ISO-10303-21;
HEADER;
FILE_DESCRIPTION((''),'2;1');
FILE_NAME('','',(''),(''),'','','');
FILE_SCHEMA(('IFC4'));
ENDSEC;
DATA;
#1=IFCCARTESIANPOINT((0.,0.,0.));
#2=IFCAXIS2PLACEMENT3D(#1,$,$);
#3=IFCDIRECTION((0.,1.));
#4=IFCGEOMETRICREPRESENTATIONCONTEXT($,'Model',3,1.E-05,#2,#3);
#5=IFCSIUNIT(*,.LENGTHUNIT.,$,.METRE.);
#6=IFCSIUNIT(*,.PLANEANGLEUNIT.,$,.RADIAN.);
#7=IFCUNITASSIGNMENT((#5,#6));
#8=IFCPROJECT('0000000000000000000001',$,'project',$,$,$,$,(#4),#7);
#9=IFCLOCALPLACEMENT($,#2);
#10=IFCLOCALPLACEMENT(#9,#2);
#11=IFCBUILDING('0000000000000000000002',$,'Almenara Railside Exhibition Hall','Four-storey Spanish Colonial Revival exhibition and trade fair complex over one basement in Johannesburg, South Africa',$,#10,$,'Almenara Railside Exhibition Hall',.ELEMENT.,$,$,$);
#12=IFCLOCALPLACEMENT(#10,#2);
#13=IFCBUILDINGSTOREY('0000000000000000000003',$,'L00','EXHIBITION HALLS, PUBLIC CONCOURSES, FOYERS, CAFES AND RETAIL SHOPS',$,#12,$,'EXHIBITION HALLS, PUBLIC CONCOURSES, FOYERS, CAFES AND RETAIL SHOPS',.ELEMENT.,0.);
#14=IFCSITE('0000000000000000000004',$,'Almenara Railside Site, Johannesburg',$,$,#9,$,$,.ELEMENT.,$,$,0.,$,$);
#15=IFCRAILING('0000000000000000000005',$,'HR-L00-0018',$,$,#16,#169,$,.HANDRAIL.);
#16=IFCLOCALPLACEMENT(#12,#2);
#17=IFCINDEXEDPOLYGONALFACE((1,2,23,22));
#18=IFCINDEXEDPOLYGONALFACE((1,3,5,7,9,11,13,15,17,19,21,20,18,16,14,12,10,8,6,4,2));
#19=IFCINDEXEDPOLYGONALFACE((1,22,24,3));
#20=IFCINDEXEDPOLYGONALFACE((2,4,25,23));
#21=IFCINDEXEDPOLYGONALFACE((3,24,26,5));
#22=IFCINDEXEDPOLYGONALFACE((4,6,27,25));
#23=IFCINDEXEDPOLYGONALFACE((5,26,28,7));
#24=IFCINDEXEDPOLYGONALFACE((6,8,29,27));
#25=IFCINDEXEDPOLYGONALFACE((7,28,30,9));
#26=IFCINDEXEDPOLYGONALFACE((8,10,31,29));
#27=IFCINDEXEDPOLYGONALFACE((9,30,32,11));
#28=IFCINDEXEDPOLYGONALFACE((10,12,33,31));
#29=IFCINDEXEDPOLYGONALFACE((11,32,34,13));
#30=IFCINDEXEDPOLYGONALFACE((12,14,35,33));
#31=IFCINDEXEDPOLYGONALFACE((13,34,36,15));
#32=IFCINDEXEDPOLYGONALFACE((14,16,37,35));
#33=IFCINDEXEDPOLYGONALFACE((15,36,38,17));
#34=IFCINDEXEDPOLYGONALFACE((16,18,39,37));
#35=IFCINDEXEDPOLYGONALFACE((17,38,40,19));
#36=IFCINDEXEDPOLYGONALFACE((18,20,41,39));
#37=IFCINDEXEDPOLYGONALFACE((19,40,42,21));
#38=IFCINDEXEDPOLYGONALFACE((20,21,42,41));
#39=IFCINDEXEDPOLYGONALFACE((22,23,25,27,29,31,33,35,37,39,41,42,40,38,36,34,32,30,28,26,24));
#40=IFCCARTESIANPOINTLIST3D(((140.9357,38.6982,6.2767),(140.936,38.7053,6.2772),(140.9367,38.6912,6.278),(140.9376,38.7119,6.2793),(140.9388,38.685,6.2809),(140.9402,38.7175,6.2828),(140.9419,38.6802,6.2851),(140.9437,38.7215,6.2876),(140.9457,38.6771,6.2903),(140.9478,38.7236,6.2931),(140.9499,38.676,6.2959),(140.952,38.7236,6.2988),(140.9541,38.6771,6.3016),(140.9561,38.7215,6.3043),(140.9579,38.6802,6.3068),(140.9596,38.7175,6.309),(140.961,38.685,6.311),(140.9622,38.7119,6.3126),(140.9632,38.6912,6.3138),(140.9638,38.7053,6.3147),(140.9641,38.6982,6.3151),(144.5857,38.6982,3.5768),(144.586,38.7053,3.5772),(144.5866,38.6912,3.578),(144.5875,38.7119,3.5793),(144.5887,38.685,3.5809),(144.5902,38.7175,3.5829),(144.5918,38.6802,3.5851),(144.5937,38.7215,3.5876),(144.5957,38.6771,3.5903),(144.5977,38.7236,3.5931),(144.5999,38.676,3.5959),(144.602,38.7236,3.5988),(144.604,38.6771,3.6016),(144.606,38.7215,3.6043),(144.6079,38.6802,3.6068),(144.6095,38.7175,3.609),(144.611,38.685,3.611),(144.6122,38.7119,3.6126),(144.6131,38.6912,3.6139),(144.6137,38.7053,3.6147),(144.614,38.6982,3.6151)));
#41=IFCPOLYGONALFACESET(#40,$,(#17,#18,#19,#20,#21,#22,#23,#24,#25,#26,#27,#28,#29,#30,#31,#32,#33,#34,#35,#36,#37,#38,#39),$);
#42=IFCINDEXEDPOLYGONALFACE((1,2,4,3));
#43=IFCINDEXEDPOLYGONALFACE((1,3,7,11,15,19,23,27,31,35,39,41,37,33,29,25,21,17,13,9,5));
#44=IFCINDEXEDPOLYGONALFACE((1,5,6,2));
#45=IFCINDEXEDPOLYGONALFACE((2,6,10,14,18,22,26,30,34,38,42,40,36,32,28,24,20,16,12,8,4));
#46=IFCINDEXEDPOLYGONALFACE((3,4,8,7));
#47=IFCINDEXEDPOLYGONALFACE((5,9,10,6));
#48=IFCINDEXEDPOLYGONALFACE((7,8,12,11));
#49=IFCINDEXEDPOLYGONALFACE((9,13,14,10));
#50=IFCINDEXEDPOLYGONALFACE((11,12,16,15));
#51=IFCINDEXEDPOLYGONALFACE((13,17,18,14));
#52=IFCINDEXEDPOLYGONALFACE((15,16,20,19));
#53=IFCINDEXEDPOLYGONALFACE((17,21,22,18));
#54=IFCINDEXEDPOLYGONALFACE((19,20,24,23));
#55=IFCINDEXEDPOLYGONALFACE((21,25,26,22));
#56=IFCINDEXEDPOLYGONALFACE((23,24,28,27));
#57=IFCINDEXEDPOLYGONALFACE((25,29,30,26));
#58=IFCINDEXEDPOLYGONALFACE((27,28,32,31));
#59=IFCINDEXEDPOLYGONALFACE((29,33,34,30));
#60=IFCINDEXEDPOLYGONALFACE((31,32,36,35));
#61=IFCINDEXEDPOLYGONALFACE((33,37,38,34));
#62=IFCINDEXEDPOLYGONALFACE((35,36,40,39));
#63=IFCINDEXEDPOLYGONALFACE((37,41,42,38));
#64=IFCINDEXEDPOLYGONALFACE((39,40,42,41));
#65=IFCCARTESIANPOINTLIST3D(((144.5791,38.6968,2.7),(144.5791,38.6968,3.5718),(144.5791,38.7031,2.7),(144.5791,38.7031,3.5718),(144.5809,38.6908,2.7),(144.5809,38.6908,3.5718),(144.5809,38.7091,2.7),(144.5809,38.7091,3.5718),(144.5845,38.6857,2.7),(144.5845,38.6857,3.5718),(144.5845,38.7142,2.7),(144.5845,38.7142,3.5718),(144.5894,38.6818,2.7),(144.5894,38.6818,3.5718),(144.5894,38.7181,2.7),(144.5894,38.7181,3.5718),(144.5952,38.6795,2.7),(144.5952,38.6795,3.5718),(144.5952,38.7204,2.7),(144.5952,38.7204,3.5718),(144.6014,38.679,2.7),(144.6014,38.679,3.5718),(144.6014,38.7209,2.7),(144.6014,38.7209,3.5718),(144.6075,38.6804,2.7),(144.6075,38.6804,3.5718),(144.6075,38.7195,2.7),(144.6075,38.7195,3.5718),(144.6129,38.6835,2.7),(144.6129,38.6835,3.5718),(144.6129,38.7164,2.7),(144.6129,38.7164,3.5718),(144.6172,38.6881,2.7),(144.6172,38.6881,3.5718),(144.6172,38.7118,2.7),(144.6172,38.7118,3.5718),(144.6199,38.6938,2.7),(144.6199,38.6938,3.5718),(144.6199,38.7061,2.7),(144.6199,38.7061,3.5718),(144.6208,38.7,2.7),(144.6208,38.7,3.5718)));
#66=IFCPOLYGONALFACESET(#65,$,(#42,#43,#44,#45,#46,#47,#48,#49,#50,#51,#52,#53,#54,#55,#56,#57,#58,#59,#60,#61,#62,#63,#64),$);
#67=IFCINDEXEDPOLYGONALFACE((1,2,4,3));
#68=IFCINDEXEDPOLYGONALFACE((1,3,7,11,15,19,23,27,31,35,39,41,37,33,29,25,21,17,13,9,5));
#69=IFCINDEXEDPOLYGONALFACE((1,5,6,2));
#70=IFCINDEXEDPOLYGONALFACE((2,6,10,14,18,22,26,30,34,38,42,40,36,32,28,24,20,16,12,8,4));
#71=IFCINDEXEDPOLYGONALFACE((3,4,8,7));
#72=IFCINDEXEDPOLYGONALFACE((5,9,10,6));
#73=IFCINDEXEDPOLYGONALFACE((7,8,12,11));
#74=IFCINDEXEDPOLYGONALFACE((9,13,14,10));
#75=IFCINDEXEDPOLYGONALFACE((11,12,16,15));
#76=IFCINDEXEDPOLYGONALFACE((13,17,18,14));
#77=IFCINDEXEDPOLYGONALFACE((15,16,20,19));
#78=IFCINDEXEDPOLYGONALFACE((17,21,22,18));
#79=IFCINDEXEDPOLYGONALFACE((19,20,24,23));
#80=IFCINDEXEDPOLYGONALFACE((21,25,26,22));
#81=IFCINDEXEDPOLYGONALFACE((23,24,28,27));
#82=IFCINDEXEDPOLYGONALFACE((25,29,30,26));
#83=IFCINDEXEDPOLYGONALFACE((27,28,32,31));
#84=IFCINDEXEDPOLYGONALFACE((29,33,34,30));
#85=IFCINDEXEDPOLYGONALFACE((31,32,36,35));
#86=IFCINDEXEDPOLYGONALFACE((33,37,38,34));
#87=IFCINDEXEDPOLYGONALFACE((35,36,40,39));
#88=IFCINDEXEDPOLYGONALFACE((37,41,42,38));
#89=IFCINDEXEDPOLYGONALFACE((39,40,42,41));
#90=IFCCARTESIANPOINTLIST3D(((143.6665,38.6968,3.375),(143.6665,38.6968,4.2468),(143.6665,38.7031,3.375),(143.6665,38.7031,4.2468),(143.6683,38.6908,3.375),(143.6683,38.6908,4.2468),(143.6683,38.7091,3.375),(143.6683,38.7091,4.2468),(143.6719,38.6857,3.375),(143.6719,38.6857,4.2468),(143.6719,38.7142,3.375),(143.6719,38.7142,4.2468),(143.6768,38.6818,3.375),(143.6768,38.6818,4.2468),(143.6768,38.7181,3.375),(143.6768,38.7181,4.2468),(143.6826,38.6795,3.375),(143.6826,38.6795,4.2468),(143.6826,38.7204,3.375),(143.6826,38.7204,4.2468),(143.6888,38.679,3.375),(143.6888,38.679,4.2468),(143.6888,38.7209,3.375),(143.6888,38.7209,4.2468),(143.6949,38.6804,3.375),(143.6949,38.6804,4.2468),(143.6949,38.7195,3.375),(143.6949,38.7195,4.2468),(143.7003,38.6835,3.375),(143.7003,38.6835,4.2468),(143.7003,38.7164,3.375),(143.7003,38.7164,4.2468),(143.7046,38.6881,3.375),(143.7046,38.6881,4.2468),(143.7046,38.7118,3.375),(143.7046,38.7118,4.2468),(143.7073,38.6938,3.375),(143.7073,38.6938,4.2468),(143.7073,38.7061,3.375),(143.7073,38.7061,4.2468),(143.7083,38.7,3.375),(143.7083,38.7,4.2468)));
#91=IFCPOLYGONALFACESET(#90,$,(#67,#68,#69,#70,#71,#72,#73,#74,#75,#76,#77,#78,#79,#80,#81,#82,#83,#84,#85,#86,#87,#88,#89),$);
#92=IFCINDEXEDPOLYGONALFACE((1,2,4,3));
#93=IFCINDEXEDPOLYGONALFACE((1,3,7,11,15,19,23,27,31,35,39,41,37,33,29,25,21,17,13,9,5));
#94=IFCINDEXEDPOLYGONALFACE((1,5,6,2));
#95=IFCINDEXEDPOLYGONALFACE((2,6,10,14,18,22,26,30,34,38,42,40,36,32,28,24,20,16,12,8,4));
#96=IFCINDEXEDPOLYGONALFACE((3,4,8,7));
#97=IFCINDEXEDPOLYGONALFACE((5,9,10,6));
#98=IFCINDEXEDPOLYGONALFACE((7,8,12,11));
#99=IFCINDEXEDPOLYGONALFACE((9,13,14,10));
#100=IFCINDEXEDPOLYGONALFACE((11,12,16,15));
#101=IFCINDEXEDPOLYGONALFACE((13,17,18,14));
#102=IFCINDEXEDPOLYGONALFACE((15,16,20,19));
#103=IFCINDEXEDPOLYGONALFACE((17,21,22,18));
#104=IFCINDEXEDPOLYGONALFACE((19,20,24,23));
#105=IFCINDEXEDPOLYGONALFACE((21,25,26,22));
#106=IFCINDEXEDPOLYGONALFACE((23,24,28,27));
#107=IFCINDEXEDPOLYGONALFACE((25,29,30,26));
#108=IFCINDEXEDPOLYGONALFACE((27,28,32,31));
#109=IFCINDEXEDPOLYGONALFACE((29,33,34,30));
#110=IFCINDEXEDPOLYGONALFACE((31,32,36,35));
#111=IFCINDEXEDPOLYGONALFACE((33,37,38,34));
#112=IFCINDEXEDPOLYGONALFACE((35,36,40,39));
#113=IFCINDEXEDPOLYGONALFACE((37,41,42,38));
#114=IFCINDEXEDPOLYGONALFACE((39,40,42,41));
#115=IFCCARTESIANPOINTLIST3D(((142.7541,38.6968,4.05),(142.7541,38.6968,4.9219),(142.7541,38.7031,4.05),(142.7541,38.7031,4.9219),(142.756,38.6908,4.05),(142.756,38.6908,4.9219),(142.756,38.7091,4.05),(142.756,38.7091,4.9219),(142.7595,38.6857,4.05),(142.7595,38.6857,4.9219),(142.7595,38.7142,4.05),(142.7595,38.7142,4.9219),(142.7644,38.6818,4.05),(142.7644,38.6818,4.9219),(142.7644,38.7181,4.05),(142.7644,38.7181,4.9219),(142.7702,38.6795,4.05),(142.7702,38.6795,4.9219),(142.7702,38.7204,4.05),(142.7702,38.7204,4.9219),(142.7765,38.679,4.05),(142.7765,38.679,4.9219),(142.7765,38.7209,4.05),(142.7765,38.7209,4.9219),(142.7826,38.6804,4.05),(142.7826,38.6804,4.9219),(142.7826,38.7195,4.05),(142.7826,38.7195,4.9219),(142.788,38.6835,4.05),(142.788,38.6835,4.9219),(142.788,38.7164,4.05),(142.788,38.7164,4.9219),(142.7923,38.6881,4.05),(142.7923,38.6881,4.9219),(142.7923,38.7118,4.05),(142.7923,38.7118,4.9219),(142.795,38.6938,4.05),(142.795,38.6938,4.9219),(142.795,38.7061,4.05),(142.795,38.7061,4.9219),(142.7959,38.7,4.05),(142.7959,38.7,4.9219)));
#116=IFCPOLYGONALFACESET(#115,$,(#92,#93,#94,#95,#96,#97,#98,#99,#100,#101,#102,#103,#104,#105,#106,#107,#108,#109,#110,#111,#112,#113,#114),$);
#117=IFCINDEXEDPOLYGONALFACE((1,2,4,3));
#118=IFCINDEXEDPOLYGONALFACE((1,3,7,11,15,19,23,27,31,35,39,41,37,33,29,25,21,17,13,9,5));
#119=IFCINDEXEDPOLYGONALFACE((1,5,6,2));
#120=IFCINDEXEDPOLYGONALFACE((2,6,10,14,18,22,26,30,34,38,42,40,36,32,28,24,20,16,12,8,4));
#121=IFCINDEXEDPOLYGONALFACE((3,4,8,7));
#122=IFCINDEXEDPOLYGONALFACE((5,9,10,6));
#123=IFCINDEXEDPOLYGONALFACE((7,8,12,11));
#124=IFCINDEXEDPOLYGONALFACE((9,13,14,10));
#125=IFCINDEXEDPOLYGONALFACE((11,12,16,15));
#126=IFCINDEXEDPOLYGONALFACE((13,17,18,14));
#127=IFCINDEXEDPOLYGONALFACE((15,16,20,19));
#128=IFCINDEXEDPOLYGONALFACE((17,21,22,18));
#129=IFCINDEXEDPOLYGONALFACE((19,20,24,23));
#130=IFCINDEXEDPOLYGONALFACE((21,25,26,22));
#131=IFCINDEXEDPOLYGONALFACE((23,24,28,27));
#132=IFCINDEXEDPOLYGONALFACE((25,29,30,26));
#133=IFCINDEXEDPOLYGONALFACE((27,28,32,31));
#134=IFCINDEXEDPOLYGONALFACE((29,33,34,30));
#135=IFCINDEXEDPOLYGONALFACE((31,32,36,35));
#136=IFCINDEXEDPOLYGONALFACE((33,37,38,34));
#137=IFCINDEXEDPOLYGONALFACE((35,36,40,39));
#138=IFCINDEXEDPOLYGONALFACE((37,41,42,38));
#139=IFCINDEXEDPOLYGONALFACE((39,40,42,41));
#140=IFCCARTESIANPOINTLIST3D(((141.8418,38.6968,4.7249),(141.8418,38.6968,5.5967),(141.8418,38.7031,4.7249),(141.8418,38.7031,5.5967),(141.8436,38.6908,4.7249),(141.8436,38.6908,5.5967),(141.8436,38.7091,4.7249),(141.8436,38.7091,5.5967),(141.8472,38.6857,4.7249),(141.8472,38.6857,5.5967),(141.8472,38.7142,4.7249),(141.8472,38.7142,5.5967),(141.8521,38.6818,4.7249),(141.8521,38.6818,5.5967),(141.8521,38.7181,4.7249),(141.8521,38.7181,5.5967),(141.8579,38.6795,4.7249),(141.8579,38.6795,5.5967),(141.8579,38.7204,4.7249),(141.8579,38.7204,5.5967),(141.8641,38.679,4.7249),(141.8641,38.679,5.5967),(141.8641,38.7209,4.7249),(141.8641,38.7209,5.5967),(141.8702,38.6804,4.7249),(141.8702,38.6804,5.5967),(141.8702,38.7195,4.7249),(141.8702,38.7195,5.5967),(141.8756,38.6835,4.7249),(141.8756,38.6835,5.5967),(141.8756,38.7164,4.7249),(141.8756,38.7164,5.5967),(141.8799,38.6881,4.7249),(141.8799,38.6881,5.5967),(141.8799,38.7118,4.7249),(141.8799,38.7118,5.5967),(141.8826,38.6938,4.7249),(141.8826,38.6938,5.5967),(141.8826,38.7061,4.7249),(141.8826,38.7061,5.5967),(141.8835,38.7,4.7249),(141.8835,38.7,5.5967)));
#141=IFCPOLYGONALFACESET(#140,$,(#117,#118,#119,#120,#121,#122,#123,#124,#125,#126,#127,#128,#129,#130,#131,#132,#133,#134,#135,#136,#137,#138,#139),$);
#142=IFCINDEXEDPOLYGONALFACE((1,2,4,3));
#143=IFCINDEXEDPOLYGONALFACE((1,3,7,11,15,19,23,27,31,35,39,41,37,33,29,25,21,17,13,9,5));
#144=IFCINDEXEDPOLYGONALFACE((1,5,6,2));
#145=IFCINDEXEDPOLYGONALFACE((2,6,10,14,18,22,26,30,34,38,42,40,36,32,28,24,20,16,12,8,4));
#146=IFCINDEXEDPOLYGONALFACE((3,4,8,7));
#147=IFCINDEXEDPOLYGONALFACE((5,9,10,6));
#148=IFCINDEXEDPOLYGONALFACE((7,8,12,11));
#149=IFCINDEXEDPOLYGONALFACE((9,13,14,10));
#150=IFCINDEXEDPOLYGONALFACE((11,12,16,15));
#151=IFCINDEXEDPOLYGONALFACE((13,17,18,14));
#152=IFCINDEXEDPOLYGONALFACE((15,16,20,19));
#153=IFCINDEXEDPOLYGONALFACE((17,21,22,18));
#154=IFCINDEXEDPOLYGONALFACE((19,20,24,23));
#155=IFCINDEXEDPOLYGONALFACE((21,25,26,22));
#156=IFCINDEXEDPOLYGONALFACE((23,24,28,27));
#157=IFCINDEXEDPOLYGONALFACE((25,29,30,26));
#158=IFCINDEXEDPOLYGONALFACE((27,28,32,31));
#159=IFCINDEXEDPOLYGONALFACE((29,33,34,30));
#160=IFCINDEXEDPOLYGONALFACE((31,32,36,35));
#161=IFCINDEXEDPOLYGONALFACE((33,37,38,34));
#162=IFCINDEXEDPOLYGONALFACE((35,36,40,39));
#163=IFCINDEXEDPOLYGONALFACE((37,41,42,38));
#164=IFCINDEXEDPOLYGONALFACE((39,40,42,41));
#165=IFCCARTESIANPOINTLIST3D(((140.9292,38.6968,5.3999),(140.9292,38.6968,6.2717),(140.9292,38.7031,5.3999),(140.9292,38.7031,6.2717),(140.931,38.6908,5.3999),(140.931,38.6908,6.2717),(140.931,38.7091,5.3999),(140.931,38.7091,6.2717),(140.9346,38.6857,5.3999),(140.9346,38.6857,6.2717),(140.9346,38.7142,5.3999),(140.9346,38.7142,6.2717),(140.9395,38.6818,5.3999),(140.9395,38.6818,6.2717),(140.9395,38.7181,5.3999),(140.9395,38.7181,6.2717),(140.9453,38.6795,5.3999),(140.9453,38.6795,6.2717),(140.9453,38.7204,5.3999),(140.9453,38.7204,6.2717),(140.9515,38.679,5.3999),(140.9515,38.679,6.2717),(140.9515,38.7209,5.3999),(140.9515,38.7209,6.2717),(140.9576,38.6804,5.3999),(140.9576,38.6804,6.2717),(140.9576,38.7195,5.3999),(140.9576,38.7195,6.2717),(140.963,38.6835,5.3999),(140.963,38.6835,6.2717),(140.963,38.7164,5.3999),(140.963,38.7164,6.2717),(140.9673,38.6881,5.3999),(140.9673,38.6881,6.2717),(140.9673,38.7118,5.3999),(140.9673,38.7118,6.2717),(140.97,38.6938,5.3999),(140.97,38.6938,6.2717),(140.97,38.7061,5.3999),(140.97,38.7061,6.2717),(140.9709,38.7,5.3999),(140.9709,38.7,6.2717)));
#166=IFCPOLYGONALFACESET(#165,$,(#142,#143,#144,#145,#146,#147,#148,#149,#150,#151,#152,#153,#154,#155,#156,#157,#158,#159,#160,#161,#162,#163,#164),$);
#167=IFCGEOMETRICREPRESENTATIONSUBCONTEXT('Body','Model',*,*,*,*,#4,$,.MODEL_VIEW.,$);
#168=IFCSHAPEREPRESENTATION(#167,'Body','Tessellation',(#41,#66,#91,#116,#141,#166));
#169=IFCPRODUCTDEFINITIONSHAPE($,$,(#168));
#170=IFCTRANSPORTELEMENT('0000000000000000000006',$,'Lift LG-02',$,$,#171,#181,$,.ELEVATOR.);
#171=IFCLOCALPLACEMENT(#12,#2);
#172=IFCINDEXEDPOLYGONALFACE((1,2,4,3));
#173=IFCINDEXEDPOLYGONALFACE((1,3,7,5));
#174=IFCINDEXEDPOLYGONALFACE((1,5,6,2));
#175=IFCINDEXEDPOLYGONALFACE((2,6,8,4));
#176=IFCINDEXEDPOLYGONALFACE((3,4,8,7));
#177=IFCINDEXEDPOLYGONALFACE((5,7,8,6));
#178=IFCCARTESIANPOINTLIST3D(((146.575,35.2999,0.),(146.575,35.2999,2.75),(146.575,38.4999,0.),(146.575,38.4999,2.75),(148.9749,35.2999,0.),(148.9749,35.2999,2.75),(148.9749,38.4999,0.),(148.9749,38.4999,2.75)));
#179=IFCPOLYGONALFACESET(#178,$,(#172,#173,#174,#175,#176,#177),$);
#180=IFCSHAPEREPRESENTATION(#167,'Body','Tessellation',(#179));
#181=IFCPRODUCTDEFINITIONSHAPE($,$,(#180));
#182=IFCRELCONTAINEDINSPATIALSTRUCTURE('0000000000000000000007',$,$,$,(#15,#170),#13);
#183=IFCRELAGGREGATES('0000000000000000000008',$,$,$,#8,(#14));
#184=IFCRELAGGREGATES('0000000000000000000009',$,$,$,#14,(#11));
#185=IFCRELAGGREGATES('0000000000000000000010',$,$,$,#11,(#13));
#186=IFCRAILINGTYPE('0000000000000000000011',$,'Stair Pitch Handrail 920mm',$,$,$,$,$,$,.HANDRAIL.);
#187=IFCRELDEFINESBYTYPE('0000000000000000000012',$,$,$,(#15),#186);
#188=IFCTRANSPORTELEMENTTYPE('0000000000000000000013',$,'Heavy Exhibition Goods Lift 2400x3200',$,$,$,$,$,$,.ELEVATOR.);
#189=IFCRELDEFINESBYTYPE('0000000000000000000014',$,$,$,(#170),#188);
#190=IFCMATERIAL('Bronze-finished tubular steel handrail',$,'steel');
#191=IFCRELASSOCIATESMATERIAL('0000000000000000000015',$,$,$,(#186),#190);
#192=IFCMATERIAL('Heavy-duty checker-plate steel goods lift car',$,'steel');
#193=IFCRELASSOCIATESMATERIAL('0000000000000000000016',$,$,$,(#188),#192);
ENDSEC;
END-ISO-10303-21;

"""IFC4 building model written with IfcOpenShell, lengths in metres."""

from ifc_helpers import new_model, si_unit, direction, frame, origin, origin_2d, place, context, subcontext, project, spatial, rectangle, circle, extrude, material, type_object, element, save


model = new_model("IFC4")

# Units and contexts
model_context = context("Model", 3, precision=1e-05, world=origin(), true_north=direction((0.0, 1.0)))
body_context = subcontext(model_context, "Body", "Model", "MODEL_VIEW")
ifc_project = project(units=[si_unit("LENGTHUNIT", "METRE"), si_unit("PLANEANGLEUNIT", "RADIAN")], contexts=[model_context])

# Site, building, storey
site_placement = place(None, origin())
site = spatial("IfcSite", under=ifc_project, at=site_placement, Name="Almenara Railside Site, Johannesburg", CompositionType="ELEMENT", RefElevation=0.0)
building_placement = place(site_placement, origin())
building = spatial("IfcBuilding", under=site, at=building_placement, Name="Almenara Railside Exhibition Hall", Description="Four-storey Spanish Colonial Revival exhibition and trade fair complex over one basement in Johannesburg, South Africa", LongName="Almenara Railside Exhibition Hall", CompositionType="ELEMENT")
storey_placement = place(building_placement, origin())
storey = spatial("IfcBuildingStorey", under=building, at=storey_placement, Name="L00", Description="EXHIBITION HALLS, PUBLIC CONCOURSES, FOYERS, CAFES AND RETAIL SHOPS", LongName="EXHIBITION HALLS, PUBLIC CONCOURSES, FOYERS, CAFES AND RETAIL SHOPS", CompositionType="ELEMENT", Elevation=0.0)

# Railing
ifc_material_1 = material(Name="Bronze-finished tubular steel handrail", Category="steel")
railing_type_1 = type_object("IfcRailingType", Name="Stair Pitch Handrail 920mm", PredefinedType="HANDRAIL", material=ifc_material_1)
railing_1_placement = place(storey_placement, frame((144.5999, 38.7, 2.7)))
element("IfcRailing", 1, at=railing_1_placement, inside=storey, type_object=railing_type_1, Name="HR-L00-0018", PredefinedType="HANDRAIL", context=body_context, shape_type="SweptSolid", body=[
    extrude(circle(Radius=0.0239, at=origin_2d()), frame((0.0, 0.0, 0.896), z_axis=(-0.803945, 0.0, 0.594704), x_axis=(0.0, -1.0, 0.0)), (0.0, 0.0, 1.0), 4.54),
    extrude(circle(Radius=0.021, at=origin_2d()), origin(), (0.0, 0.0, 1.0), 0.8718),
    extrude(circle(Radius=0.021, at=origin_2d()), frame((-0.9126, 0.0, 0.675)), (0.0, 0.0, 1.0), 0.8718),
    extrude(circle(Radius=0.021, at=origin_2d()), frame((-1.825, 0.0, 1.3501)), (0.0, 0.0, 1.0), 0.8718),
    extrude(circle(Radius=0.021, at=origin_2d()), frame((-2.7373, 0.0, 2.0249)), (0.0, 0.0, 1.0), 0.8718),
    extrude(circle(Radius=0.021, at=origin_2d()), frame((-3.6499, 0.0, 2.7)), (0.0, 0.0, 1.0), 0.8718),
])

# Transport element
ifc_material_2 = material(Name="Heavy-duty checker-plate steel goods lift car", Category="steel")
transport_element_type = type_object("IfcTransportElementType", Name="Heavy Exhibition Goods Lift 2400x3200", PredefinedType="ELEVATOR", material=ifc_material_2)
transport_element_placement = place(storey_placement, frame((147.7749, 36.8999, 0.0), z_axis=(0.0, 0.0, 1.0), x_axis=(1.0, 0.0, 0.0)))
element("IfcTransportElement", 2, at=transport_element_placement, inside=storey, type_object=transport_element_type, Name="Lift LG-02", PredefinedType="ELEVATOR", context=body_context, shape_type="SweptSolid", body=[
    extrude(rectangle(XDim=2.3999, YDim=3.2, at=origin_2d()), origin(), (0.0, 0.0, 1.0), 2.75),
])

save(model, "model.ifc")
